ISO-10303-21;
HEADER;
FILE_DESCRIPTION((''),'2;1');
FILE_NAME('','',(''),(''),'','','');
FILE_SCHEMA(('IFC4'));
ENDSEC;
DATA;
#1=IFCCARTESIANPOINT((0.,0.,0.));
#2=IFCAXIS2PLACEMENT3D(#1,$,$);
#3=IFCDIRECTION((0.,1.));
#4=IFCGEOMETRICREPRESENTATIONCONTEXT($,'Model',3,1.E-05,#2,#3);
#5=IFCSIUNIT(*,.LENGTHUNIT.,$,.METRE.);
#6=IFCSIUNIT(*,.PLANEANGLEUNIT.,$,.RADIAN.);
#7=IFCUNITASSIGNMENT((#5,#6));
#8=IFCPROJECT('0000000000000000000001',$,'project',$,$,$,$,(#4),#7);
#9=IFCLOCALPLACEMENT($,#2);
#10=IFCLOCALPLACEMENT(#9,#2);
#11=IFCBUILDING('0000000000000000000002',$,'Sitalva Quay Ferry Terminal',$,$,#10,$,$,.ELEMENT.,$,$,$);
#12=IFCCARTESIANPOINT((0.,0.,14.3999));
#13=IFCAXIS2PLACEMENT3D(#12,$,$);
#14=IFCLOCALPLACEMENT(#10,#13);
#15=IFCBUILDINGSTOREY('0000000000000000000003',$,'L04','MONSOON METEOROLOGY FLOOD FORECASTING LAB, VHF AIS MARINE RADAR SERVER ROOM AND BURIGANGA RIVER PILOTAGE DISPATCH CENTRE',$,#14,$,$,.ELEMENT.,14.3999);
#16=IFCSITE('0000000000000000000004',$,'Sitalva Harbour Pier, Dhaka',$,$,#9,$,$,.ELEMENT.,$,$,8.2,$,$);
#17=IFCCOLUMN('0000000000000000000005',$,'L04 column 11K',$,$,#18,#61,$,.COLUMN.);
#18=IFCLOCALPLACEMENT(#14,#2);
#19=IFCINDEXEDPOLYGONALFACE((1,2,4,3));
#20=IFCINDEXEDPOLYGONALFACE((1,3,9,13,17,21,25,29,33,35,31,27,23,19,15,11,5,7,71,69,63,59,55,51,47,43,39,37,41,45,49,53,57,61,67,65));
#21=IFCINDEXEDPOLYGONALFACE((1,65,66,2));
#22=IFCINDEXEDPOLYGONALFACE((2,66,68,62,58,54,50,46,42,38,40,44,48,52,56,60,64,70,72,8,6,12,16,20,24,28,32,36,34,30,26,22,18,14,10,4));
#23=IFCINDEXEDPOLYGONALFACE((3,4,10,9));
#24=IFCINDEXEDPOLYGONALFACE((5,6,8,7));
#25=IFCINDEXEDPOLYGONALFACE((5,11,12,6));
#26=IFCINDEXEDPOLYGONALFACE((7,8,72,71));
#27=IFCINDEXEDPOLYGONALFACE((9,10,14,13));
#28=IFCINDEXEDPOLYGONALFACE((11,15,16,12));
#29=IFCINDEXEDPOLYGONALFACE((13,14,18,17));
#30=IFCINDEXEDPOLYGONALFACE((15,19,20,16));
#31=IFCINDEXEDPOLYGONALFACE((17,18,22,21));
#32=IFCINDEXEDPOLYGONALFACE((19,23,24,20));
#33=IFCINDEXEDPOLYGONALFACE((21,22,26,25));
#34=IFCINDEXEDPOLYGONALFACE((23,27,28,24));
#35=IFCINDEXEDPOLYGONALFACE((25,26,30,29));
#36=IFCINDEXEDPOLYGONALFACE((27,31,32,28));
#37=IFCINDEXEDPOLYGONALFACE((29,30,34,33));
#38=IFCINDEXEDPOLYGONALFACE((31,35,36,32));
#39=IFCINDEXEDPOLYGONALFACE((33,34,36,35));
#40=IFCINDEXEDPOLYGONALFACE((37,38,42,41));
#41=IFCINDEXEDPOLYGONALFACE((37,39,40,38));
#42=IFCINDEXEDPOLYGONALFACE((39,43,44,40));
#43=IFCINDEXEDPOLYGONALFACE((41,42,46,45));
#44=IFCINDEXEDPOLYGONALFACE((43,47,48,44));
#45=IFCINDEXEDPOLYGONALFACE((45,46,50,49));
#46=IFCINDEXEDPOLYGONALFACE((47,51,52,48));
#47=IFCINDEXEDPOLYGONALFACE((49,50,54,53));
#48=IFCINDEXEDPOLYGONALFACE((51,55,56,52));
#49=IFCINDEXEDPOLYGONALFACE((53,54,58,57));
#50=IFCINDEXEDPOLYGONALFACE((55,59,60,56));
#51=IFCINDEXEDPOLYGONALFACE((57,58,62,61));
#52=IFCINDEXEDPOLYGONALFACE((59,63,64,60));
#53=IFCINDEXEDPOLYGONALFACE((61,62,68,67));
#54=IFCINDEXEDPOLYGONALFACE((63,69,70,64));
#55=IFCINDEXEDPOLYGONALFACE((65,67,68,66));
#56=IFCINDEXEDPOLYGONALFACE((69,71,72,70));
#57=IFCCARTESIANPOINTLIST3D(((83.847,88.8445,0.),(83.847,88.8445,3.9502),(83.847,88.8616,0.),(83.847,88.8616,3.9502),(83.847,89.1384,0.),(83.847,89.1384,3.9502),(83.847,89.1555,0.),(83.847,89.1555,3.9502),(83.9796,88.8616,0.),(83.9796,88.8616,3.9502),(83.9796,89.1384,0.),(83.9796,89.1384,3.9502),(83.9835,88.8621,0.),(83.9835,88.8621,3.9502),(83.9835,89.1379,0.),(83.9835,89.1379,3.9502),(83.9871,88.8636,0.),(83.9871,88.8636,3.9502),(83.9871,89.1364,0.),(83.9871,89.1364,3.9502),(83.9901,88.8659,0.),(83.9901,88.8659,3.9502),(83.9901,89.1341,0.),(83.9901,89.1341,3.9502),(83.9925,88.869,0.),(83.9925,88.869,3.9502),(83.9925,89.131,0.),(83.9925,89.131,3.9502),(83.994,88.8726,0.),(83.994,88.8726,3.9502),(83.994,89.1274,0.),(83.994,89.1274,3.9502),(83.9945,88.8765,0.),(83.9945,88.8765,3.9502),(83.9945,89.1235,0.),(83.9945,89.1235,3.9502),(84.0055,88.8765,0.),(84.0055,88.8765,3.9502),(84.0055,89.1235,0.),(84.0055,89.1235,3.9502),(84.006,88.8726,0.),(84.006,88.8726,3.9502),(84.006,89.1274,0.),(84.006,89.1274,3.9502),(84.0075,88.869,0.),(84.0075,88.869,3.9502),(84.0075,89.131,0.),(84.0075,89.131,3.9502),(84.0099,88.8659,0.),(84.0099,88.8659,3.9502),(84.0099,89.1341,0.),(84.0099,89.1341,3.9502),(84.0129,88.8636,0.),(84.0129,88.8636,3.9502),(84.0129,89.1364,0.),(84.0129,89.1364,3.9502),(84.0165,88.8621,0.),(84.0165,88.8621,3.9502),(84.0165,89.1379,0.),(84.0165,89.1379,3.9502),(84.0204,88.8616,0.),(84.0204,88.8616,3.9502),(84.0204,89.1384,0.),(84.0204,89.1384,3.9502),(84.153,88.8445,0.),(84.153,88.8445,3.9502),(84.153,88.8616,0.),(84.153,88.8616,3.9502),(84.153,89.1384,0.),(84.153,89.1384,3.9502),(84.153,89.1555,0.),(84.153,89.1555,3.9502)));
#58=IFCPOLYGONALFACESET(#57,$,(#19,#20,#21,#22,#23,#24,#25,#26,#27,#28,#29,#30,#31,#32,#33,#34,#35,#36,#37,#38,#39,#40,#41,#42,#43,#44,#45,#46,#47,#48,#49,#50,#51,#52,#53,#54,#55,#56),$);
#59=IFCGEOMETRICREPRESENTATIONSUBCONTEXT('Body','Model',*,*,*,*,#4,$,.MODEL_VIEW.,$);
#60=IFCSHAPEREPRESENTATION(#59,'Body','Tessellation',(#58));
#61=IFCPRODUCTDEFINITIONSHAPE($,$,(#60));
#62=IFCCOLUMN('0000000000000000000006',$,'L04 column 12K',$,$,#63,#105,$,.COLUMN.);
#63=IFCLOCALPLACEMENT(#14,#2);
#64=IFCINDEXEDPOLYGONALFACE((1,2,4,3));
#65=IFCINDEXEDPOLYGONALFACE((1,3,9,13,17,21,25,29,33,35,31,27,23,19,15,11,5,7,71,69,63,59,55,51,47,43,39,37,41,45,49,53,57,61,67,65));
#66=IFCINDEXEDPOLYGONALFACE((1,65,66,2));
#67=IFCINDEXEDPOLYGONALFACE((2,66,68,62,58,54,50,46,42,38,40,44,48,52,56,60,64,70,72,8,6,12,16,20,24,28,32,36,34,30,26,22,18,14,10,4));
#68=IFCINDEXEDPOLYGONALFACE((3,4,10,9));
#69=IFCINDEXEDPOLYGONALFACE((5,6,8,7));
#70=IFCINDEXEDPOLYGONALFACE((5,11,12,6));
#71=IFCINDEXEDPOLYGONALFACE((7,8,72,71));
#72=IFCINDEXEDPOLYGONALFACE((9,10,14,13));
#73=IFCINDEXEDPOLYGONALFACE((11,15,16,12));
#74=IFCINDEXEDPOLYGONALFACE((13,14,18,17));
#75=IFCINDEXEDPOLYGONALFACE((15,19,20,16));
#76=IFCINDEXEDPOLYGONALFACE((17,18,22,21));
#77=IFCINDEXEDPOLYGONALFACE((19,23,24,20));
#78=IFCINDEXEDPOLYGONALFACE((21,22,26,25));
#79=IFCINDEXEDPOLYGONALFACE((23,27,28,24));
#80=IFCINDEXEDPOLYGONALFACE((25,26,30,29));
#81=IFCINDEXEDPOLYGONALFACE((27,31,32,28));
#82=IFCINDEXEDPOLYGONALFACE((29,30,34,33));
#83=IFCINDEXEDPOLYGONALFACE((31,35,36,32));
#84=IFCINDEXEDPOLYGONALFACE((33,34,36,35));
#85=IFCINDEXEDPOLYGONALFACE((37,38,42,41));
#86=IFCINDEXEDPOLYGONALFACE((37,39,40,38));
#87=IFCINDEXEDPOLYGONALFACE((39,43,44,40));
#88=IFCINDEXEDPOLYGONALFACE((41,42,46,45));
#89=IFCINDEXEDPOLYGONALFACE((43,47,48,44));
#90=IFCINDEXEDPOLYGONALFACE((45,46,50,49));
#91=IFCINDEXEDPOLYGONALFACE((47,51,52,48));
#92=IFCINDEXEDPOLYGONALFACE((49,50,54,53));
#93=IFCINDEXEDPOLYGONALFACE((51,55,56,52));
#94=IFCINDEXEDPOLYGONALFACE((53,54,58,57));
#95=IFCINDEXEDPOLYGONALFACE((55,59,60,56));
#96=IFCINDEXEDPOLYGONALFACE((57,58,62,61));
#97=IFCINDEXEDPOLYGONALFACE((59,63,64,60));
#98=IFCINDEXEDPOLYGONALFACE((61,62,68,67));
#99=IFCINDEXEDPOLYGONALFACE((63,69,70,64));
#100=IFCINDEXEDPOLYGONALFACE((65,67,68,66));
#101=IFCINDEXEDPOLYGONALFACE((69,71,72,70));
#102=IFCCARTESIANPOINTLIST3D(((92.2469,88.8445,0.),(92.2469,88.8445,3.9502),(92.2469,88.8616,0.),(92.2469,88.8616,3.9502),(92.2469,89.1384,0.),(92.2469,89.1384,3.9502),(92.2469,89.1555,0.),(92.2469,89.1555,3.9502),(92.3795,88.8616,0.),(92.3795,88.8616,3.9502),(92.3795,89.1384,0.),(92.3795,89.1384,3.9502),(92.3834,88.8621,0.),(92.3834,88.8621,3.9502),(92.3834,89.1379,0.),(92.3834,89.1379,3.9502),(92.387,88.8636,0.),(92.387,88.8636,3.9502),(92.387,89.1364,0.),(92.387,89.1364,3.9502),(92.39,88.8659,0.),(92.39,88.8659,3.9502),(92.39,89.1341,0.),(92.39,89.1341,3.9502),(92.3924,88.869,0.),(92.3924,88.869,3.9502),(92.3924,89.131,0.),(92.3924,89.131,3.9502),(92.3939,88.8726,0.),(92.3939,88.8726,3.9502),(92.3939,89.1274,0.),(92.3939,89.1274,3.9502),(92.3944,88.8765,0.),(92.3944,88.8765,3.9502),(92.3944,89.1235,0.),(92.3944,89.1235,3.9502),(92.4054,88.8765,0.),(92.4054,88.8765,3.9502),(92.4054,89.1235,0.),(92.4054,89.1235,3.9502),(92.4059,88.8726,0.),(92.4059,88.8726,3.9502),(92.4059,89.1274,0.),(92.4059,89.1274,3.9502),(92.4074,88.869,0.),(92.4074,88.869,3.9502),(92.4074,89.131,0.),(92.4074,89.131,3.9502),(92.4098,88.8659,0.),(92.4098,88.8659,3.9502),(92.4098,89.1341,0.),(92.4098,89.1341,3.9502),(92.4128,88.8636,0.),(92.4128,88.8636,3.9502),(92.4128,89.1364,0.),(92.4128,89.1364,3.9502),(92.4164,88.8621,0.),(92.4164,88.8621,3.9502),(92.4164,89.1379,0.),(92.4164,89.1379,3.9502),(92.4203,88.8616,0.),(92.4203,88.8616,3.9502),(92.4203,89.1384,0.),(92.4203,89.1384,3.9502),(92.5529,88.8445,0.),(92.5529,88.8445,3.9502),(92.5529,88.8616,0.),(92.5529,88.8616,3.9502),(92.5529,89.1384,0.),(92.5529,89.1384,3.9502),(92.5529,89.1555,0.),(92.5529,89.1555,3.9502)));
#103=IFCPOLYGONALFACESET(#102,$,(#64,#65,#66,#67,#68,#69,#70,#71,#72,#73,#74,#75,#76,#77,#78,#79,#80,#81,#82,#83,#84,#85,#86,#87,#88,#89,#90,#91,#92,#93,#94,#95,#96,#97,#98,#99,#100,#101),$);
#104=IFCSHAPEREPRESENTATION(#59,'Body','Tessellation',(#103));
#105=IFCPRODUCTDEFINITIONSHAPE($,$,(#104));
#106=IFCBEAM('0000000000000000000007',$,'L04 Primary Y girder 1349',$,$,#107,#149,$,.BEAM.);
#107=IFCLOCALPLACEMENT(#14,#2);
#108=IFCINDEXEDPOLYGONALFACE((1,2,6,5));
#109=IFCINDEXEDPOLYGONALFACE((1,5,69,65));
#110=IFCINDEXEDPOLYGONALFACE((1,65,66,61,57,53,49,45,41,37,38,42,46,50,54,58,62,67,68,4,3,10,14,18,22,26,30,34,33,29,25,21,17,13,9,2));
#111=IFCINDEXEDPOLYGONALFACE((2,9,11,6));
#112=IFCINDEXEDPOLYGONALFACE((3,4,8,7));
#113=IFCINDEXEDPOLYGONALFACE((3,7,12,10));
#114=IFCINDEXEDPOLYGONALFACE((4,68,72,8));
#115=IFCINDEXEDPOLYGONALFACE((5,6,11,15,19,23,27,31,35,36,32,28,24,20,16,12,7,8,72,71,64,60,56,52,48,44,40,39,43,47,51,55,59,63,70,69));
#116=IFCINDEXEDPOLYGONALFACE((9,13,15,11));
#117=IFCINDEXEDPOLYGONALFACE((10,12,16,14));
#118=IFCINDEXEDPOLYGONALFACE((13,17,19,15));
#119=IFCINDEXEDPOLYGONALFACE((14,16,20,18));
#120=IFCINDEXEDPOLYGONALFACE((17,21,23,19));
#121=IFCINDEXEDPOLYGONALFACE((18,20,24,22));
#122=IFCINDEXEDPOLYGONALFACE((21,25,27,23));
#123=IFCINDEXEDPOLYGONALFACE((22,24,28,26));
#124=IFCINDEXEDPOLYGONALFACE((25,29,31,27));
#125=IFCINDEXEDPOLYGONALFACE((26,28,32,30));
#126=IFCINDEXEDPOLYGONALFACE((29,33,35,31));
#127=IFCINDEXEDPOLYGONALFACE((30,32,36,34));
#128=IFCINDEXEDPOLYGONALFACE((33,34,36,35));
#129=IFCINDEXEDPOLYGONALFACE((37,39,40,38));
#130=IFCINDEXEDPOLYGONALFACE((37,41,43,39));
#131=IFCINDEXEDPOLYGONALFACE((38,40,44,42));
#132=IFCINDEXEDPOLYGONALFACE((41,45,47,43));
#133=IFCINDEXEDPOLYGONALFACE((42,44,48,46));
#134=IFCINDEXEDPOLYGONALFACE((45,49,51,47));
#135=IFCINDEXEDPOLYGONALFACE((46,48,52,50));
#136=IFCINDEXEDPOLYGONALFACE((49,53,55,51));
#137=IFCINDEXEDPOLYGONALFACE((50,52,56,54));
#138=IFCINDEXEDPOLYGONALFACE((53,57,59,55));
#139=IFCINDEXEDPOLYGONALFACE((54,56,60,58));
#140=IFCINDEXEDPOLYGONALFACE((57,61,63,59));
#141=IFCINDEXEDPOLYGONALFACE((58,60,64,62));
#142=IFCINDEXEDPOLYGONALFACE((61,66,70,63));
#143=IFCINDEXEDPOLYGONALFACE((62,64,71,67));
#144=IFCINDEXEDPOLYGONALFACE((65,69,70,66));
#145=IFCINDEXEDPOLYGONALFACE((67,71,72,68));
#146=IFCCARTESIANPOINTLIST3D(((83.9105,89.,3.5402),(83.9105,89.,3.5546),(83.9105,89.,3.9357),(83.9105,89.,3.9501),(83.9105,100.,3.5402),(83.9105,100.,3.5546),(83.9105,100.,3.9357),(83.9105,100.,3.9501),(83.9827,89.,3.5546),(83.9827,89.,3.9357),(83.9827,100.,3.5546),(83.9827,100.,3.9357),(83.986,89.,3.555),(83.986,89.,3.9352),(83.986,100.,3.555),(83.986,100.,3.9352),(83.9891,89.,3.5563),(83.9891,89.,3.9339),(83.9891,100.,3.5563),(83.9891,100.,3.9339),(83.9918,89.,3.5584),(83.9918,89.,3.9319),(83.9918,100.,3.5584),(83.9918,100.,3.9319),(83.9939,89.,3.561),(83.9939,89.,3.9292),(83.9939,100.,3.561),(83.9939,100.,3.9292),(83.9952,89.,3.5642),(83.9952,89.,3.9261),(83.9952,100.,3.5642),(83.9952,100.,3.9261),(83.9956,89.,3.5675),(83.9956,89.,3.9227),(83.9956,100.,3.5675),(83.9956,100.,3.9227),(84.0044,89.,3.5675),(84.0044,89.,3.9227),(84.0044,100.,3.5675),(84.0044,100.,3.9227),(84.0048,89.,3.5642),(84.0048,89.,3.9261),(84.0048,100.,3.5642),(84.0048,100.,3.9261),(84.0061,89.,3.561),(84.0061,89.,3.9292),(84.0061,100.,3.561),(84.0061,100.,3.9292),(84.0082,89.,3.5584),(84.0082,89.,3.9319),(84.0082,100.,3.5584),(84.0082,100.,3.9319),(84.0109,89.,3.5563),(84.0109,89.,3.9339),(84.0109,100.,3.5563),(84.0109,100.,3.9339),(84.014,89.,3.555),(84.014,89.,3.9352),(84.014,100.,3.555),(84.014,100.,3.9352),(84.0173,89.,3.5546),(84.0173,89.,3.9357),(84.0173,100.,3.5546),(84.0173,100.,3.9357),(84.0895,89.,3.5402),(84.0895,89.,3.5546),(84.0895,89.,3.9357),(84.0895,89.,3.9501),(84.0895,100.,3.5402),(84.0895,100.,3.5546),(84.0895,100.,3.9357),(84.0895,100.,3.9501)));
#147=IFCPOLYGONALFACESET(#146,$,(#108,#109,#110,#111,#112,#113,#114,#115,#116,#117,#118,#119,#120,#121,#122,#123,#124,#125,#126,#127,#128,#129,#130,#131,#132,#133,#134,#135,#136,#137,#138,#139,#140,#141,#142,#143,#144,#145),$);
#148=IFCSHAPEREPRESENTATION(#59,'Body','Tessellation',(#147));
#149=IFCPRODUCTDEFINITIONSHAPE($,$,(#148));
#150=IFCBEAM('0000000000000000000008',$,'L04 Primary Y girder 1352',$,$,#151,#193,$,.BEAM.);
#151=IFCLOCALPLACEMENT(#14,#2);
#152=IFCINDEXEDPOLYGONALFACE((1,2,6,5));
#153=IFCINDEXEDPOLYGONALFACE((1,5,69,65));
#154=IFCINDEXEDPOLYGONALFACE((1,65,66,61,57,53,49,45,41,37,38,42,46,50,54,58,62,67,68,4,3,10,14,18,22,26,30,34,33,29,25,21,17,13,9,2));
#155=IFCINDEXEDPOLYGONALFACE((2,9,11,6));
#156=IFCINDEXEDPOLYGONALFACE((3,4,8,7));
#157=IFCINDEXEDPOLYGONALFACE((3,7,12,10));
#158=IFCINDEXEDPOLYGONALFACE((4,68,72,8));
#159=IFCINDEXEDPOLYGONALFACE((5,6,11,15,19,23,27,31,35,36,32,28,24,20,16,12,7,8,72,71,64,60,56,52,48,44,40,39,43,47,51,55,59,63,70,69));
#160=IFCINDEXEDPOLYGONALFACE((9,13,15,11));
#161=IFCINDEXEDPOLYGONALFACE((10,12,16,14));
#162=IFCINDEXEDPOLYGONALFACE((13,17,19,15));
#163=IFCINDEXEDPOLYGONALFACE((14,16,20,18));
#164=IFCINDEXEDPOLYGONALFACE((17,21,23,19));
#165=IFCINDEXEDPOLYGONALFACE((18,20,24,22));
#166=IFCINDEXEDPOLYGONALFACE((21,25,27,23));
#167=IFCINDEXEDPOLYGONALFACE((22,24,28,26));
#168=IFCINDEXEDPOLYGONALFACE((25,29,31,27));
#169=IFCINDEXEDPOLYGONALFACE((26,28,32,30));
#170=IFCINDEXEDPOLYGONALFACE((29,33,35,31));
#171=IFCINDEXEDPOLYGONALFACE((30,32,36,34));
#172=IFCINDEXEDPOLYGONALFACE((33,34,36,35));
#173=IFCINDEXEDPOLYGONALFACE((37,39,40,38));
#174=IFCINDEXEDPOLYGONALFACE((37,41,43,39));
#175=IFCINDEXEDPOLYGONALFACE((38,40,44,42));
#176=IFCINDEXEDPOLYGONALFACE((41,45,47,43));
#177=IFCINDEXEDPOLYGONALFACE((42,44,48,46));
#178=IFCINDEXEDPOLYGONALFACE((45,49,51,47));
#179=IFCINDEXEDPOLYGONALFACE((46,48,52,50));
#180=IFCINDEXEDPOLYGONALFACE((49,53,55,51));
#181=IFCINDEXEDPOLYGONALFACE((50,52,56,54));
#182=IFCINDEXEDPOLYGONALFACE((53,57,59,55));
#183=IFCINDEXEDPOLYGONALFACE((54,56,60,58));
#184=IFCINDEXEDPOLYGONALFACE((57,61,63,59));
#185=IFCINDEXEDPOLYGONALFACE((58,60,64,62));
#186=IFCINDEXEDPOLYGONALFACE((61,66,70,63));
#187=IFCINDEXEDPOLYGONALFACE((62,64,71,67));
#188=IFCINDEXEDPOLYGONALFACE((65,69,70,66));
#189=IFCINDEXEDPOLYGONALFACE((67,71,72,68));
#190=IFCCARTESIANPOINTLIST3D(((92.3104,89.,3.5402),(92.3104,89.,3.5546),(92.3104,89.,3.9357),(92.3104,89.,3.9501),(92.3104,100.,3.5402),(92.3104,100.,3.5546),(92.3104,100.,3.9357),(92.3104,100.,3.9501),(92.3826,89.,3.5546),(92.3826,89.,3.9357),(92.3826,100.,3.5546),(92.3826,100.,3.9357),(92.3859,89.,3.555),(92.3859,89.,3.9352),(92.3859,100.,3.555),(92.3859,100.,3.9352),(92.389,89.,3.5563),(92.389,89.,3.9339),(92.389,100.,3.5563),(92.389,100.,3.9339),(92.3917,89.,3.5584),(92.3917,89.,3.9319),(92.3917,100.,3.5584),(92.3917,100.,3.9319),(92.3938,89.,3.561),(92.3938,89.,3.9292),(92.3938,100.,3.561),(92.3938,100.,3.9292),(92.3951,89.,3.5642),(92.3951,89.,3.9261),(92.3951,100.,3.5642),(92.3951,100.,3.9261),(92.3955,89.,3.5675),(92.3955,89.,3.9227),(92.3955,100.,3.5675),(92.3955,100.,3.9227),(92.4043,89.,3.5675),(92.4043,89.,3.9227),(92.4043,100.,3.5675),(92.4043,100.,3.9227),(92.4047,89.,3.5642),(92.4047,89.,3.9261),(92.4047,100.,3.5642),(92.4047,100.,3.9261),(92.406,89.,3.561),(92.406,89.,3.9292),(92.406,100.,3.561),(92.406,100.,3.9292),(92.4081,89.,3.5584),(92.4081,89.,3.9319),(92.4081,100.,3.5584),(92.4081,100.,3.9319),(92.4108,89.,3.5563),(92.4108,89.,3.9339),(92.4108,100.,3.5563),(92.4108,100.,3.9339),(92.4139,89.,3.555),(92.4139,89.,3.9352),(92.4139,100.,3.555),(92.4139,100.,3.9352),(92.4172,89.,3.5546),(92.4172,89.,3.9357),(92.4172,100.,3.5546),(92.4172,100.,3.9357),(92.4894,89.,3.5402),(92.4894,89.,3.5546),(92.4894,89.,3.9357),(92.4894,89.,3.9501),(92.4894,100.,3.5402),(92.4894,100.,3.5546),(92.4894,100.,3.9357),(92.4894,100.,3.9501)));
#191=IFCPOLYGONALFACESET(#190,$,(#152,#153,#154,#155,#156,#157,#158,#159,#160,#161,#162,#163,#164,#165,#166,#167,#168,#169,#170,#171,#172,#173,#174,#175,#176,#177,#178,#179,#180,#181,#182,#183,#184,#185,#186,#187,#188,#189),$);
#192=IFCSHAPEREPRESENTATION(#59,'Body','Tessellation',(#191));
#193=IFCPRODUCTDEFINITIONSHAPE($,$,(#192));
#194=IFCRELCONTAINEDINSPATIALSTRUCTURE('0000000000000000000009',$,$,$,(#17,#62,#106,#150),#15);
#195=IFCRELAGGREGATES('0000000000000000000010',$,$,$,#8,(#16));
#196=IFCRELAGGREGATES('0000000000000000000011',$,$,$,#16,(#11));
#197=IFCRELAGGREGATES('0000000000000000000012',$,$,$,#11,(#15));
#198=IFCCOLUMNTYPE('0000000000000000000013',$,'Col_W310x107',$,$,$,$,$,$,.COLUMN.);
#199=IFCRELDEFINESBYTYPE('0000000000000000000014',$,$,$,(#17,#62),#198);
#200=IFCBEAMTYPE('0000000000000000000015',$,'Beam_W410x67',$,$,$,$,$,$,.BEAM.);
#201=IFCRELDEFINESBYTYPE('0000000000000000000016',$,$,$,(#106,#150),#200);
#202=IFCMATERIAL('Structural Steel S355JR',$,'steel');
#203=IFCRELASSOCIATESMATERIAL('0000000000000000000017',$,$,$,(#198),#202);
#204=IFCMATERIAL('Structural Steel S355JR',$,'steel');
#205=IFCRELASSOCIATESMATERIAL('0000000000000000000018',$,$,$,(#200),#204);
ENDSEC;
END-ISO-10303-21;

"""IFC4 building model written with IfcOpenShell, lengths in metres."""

from ifc_helpers import new_model, si_unit, direction, frame, origin, origin_2d, place, context, subcontext, project, spatial, i_section, extrude, material, material_profile, profile_set, type_object, element, save


model = new_model("IFC4")

# Units and contexts
model_context = context("Model", 3, precision=1e-05, world=origin(), true_north=direction((0.0, 1.0)))
body_context = subcontext(model_context, "Body", "Model", "MODEL_VIEW")
ifc_project = project(units=[si_unit("LENGTHUNIT", "METRE"), si_unit("PLANEANGLEUNIT", "RADIAN")], contexts=[model_context])

# Site, building, storey
site_placement = place(None, origin())
site = spatial("IfcSite", under=ifc_project, at=site_placement, Name="Sitalva Harbour Pier, Dhaka", CompositionType="ELEMENT", RefElevation=8.2)
building_placement = place(site_placement, origin())
building = spatial("IfcBuilding", under=site, at=building_placement, Name="Sitalva Quay Ferry Terminal", CompositionType="ELEMENT")
storey_placement = place(building_placement, frame((0.0, 0.0, 14.3999)))
storey = spatial("IfcBuildingStorey", under=building, at=storey_placement, Name="L04", Description="MONSOON METEOROLOGY FLOOD FORECASTING LAB, VHF AIS MARINE RADAR SERVER ROOM AND BURIGANGA RIVER PILOTAGE DISPATCH CENTRE", CompositionType="ELEMENT", Elevation=14.3999)

# Columns
ifc_material_1 = material(Name="Structural Steel S355JR", Category="steel")
ifc_material_profile_1 = material_profile(ifc_material_1, i_section(OverallWidth=0.3059, OverallDepth=0.311, WebThickness=0.011, FlangeThickness=0.0171, FilletRadius=0.0149, at=origin_2d()), Name="W310x107")
ifc_profile_set_1 = profile_set([ifc_material_profile_1], Name="Structural Steel S355JR")
column_type = type_object("IfcColumnType", Name="Col_W310x107", PredefinedType="COLUMN", material=ifc_profile_set_1)
for number, where, z_axis, x_axis, name in (
    (1, (84.0, 89.0, 0.0), (0.0, 0.0, 1.0), (1.0, 0.0, 0.0), "L04 column 11K"),
    (2, (92.3999, 89.0, 0.0), (0.0, 0.0, 1.0), (1.0, 0.0, 0.0), "L04 column 12K"),
):
    element("IfcColumn", number, at=place(storey_placement, frame(where, z_axis=z_axis, x_axis=x_axis)), inside=storey, type_object=column_type, Name=name, PredefinedType="COLUMN", context=body_context, shape_type="SweptSolid", body=[
        extrude(i_section(OverallWidth=0.3059, OverallDepth=0.311, WebThickness=0.011, FlangeThickness=0.0171, FilletRadius=0.0149, at=origin_2d()), origin(), (0.0, 0.0, 1.0), 3.9502),
    ])

# Beams
ifc_material_2 = material(Name="Structural Steel S355JR", Category="steel")
ifc_material_profile_2 = material_profile(ifc_material_2, i_section(OverallWidth=0.179, OverallDepth=0.4099, WebThickness=0.0088, FlangeThickness=0.0144, FilletRadius=0.0129, at=origin_2d()), Name="W410x67")
ifc_profile_set_2 = profile_set([ifc_material_profile_2], Name="Structural Steel S355JR")
beam_type_1 = type_object("IfcBeamType", Name="Beam_W410x67", PredefinedType="BEAM", material=ifc_profile_set_2)
for number, where, z_axis, x_axis, name in (
    (3, (84.0, 89.0, 3.7451), (0.0, 1.0, 0.0), (-1.0, 0.0, 0.0), "L04 Primary Y girder 1349"),
    (4, (92.3999, 89.0, 3.7451), (0.0, 1.0, 0.0), (-1.0, 0.0, 0.0), "L04 Primary Y girder 1352"),
):
    element("IfcBeam", number, at=place(storey_placement, frame(where, z_axis=z_axis, x_axis=x_axis)), inside=storey, type_object=beam_type_1, Name=name, PredefinedType="BEAM", context=body_context, shape_type="SweptSolid", body=[
        extrude(i_section(OverallWidth=0.179, OverallDepth=0.4099, WebThickness=0.0088, FlangeThickness=0.0144, FilletRadius=0.0129, at=origin_2d()), origin(), (0.0, 0.0, 1.0), 11.0),
    ])

save(model, "model.ifc")
